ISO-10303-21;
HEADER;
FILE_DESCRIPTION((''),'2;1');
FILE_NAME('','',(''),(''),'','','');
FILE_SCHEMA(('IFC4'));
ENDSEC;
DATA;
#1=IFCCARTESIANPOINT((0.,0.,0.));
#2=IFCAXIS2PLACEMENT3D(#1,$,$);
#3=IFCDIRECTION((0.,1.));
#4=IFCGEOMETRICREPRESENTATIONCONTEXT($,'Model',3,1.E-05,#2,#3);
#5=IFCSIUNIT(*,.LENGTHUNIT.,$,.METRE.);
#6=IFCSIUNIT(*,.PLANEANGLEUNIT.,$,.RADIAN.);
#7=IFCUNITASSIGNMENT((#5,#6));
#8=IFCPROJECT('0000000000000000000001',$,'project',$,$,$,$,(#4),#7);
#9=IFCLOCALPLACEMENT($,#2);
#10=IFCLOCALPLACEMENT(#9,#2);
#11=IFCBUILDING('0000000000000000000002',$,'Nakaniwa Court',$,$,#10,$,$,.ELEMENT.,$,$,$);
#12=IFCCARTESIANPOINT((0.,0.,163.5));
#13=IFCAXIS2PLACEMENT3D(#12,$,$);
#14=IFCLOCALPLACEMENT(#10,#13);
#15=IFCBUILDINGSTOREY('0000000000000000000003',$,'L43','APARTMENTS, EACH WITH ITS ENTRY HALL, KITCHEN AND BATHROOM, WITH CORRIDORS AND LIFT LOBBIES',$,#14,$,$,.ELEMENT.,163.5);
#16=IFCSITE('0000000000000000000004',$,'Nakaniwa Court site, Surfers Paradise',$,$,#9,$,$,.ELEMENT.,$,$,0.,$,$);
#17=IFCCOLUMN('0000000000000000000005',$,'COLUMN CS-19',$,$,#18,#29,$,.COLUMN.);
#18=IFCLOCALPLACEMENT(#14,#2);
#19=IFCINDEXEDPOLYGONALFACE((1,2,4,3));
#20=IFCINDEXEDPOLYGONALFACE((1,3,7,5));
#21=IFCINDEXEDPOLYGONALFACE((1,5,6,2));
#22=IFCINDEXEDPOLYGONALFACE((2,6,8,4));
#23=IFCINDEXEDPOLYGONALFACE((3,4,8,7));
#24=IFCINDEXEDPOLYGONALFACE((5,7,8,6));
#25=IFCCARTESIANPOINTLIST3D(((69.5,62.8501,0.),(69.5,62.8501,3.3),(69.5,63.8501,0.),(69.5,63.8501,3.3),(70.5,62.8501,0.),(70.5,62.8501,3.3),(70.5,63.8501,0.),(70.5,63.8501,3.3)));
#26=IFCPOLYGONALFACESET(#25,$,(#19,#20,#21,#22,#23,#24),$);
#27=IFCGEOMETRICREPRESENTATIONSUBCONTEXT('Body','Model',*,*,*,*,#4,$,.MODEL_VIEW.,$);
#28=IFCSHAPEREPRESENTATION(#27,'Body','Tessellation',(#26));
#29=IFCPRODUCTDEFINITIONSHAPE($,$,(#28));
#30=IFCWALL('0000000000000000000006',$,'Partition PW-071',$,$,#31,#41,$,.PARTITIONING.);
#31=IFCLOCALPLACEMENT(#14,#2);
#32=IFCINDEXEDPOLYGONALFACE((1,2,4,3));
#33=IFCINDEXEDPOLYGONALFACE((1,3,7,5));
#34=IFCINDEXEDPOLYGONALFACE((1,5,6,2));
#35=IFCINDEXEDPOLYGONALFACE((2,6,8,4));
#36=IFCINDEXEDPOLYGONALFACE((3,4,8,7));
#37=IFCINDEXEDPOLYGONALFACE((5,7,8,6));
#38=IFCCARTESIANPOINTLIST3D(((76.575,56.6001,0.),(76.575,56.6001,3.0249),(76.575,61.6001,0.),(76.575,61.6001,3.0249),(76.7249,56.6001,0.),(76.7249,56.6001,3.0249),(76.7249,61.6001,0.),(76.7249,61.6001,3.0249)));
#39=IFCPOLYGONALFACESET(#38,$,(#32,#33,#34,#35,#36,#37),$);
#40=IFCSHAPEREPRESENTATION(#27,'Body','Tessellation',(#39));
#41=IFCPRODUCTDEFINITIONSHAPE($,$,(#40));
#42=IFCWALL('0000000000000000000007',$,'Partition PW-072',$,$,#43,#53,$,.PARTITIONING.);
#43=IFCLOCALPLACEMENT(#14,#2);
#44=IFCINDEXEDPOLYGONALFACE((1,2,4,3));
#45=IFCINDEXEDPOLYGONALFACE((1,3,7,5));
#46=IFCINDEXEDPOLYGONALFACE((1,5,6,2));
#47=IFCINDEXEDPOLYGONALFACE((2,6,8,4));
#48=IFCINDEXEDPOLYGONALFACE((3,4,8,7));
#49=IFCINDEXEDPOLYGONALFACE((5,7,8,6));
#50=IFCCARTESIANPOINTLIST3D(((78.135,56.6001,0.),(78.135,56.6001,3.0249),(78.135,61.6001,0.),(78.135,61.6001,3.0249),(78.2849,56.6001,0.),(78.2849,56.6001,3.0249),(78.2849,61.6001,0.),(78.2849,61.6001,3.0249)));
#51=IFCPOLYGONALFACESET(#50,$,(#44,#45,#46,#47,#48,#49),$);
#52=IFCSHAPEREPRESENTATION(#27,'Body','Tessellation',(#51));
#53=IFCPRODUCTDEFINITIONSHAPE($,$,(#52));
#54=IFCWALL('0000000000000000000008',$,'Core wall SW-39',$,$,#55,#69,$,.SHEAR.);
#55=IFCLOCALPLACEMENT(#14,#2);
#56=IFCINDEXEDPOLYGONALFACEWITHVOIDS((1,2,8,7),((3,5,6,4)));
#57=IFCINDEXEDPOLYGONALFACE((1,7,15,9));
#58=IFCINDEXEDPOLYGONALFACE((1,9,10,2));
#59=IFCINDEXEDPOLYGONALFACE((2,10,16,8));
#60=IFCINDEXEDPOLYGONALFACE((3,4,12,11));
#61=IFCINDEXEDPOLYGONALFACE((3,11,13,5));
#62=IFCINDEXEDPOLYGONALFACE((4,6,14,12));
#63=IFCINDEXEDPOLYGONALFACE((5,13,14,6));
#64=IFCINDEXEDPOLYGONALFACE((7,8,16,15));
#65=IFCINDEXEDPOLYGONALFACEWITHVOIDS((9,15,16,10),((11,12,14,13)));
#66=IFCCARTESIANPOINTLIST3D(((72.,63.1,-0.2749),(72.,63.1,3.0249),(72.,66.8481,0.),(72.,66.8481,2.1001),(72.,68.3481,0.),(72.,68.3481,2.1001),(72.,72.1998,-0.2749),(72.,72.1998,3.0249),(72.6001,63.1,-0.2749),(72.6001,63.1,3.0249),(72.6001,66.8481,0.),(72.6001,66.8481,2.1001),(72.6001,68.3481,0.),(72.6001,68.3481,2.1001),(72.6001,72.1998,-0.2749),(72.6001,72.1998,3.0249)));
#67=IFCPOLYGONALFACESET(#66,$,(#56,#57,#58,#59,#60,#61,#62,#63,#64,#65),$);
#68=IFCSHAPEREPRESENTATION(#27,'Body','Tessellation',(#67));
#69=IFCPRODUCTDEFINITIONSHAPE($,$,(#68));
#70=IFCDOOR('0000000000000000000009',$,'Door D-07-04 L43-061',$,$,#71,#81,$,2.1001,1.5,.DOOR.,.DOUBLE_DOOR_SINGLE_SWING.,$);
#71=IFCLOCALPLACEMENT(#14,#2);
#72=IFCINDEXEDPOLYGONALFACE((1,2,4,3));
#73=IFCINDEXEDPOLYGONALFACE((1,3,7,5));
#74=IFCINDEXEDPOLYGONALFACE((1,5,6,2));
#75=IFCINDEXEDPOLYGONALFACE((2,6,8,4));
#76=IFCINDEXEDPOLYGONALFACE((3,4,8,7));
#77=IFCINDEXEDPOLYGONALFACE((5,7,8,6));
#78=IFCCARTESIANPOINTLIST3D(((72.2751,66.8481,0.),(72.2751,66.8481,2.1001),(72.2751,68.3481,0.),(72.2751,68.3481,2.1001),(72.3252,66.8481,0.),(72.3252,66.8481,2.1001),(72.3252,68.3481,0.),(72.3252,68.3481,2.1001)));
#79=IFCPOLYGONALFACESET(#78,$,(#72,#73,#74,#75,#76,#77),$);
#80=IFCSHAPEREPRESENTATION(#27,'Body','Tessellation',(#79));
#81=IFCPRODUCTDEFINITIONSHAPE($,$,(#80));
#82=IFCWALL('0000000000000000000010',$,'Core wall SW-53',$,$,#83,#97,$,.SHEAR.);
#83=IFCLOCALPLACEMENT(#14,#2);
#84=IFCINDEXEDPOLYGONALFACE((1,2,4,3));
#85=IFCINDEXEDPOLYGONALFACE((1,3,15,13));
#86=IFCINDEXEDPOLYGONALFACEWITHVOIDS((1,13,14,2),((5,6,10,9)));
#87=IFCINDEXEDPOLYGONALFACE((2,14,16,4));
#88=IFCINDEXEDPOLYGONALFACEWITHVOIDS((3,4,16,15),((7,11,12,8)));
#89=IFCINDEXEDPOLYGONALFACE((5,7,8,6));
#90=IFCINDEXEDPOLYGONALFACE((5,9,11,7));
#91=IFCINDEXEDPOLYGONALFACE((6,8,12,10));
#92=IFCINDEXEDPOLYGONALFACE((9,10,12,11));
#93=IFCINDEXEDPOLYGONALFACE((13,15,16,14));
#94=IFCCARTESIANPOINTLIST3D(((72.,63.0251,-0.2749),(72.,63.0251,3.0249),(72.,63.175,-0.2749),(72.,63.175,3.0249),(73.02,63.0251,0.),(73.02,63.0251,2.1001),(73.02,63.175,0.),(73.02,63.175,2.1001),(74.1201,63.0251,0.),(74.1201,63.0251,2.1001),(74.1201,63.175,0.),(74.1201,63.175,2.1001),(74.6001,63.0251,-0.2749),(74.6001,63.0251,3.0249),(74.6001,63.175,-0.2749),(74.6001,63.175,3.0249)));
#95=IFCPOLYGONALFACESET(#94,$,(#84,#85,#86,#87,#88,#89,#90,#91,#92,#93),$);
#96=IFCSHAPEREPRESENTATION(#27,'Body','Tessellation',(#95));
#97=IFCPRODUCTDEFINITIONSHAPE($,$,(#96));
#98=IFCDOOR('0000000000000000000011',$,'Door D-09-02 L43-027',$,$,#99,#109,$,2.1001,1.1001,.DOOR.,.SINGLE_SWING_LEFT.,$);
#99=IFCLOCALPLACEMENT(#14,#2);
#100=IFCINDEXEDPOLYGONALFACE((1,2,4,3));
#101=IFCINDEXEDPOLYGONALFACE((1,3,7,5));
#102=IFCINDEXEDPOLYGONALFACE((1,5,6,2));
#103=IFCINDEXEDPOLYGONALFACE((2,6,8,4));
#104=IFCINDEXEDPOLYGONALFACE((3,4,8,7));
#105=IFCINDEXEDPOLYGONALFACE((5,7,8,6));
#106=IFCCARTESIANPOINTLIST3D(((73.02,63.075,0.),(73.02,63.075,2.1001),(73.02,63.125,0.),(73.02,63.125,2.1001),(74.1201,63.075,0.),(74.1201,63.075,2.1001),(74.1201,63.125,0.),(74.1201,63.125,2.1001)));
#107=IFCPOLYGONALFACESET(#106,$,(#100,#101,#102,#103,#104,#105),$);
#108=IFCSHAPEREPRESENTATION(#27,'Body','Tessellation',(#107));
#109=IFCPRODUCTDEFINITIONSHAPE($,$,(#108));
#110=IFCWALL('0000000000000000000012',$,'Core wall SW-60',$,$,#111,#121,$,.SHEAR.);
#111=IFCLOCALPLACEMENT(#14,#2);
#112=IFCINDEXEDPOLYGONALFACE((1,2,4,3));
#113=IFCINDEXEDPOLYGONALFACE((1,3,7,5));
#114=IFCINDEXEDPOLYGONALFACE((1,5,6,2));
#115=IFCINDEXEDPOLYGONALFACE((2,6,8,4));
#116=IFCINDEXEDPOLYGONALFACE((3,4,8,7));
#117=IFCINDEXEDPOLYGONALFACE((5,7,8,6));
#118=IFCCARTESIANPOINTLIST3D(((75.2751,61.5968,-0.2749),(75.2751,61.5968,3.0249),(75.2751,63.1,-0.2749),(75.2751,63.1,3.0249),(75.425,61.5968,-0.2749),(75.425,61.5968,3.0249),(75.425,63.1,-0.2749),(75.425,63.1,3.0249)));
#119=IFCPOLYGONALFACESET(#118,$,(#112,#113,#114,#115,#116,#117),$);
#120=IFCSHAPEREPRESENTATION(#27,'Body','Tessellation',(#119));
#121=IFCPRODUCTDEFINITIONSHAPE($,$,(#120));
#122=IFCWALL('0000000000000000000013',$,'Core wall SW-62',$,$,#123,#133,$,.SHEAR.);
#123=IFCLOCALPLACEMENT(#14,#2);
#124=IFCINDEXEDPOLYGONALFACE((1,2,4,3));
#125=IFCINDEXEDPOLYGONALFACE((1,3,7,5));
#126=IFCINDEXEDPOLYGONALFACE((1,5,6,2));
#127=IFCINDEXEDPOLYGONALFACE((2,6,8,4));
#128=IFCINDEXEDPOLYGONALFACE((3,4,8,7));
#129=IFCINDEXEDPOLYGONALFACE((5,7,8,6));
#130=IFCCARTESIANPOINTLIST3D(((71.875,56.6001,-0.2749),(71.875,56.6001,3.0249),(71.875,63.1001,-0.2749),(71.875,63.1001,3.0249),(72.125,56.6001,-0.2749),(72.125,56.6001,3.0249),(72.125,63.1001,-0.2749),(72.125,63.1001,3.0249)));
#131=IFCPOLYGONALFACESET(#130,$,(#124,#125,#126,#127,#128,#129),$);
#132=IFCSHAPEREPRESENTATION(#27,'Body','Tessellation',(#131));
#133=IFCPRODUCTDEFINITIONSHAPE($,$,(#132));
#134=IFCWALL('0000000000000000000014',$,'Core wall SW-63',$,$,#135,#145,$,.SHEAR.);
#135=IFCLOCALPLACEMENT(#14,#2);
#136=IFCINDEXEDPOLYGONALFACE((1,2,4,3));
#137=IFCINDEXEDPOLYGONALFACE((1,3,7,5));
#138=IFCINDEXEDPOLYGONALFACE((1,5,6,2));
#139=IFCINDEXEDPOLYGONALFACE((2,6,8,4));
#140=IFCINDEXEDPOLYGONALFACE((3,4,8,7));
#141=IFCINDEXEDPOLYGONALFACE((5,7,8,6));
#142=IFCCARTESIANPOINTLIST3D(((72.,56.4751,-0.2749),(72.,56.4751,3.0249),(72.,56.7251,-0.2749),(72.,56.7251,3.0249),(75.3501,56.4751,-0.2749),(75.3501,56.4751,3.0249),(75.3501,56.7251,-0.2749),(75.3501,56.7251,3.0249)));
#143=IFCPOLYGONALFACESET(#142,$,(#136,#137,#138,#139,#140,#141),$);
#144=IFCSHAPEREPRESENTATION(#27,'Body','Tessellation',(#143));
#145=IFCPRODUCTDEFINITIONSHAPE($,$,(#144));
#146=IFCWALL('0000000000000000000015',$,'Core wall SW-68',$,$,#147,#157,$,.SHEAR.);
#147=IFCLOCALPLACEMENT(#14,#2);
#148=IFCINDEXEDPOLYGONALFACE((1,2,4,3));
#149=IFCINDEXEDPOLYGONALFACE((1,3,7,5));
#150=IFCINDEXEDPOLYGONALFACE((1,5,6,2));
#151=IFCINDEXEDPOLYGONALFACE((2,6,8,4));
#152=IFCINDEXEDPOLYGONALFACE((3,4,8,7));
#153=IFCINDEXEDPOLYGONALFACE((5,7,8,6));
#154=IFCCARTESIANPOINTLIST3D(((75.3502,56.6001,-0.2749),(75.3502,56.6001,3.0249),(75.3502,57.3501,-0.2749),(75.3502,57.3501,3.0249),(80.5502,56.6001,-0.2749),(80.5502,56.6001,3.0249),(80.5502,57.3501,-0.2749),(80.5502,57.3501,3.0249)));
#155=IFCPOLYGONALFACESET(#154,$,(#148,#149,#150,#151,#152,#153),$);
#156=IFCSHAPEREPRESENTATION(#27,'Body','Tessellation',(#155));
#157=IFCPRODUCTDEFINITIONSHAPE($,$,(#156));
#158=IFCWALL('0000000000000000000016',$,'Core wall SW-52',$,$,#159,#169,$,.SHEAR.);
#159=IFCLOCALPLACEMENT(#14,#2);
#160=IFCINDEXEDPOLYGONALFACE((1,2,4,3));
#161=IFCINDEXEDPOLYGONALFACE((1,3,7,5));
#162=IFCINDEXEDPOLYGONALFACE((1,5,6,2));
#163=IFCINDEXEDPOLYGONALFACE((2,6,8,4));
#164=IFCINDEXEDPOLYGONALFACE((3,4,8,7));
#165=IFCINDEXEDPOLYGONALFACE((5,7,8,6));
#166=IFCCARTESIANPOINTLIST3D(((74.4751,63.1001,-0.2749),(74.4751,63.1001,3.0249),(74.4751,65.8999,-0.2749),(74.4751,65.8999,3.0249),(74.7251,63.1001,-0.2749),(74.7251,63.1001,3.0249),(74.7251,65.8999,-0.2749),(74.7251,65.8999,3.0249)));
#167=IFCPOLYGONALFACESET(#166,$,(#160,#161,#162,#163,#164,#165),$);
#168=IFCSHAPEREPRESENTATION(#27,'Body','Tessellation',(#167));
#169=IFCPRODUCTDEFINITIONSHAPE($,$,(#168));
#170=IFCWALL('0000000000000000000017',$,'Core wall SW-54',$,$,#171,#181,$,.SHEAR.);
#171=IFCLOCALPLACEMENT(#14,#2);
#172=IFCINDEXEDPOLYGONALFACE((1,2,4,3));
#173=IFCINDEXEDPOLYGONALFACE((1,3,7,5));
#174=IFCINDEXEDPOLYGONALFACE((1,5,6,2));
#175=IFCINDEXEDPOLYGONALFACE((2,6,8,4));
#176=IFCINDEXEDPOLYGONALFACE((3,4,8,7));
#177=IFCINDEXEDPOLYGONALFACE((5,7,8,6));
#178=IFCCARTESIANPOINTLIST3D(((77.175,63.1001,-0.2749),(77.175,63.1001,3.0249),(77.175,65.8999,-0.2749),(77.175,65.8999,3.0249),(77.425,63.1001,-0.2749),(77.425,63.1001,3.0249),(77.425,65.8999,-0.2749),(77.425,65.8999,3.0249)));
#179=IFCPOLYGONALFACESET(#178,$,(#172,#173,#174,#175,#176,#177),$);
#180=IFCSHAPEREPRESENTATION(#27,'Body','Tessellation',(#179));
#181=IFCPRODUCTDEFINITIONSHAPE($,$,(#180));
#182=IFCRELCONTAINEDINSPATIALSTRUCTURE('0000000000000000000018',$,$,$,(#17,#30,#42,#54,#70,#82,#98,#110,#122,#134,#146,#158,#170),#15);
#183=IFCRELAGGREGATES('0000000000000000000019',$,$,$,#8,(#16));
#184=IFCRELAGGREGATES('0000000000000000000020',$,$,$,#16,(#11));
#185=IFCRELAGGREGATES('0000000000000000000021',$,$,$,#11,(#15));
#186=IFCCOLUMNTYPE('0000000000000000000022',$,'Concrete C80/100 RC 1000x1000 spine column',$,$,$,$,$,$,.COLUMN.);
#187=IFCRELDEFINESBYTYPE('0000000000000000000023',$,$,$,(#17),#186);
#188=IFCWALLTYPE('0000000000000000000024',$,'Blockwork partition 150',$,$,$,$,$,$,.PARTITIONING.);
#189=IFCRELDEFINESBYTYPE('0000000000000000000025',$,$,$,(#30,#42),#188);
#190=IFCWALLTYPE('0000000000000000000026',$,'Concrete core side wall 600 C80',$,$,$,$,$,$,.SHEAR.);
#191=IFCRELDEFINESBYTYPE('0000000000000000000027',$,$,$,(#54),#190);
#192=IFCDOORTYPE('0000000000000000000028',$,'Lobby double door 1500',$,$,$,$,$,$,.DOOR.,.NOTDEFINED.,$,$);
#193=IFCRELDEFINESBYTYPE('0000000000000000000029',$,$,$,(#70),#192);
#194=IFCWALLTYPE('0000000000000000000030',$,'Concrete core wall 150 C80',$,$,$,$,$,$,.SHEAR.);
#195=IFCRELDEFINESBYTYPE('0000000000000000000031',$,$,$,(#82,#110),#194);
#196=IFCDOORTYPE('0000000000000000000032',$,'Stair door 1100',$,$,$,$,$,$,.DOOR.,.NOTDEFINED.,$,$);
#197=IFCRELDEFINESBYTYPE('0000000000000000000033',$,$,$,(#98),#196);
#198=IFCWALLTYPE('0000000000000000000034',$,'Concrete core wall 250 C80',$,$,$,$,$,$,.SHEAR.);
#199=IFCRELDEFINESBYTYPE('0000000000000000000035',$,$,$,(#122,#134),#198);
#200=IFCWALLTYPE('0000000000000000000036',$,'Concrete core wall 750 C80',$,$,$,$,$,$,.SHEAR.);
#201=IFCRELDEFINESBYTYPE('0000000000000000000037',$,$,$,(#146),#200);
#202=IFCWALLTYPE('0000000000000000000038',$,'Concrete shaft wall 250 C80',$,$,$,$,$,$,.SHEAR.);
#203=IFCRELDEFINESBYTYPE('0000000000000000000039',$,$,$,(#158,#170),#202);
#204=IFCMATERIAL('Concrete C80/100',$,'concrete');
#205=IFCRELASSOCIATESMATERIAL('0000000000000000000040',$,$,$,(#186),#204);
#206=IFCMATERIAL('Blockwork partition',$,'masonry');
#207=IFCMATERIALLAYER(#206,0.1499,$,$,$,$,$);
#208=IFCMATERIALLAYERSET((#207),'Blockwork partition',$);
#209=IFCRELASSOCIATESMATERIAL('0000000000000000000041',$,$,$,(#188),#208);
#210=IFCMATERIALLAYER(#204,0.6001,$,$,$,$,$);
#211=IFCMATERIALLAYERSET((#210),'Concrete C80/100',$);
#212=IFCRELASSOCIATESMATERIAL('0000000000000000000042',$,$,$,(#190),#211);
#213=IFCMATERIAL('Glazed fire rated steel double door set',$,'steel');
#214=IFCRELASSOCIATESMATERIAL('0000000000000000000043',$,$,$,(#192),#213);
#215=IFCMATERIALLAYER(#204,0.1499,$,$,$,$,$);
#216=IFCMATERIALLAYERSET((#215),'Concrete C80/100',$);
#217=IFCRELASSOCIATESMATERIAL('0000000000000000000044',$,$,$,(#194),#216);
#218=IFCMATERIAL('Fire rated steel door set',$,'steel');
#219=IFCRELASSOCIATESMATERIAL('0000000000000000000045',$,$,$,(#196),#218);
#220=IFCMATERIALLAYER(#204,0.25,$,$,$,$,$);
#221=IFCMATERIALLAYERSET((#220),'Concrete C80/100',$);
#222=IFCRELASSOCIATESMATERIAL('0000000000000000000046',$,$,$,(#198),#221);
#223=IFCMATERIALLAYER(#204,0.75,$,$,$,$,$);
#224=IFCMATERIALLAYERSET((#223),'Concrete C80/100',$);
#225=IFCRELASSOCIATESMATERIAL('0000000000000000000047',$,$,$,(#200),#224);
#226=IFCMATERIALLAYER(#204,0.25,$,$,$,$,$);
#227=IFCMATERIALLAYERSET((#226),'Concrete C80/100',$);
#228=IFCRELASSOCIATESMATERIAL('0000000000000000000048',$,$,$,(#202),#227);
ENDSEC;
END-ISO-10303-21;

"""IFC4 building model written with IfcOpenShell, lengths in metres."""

from ifc_helpers import new_model, si_unit, direction, frame, frame_2d, origin, origin_2d, place, context, subcontext, project, spatial, rectangle, extrude, material, layer, layer_set, material_profile, profile_set, type_object, element, fill, save


model = new_model("IFC4")

# Units and contexts
model_context = context("Model", 3, precision=1e-05, world=origin(), true_north=direction((0.0, 1.0)))
body_context = subcontext(model_context, "Body", "Model", "MODEL_VIEW")
ifc_project = project(units=[si_unit("LENGTHUNIT", "METRE"), si_unit("PLANEANGLEUNIT", "RADIAN")], contexts=[model_context])

# Site, building, storey
site_placement = place(None, origin())
site = spatial("IfcSite", under=ifc_project, at=site_placement, Name="Nakaniwa Court site, Surfers Paradise", CompositionType="ELEMENT", RefElevation=0.0)
building_placement = place(site_placement, origin())
building = spatial("IfcBuilding", under=site, at=building_placement, Name="Nakaniwa Court", CompositionType="ELEMENT")
storey_placement = place(building_placement, frame((0.0, 0.0, 163.5)))
storey = spatial("IfcBuildingStorey", under=building, at=storey_placement, Name="L43", Description="APARTMENTS, EACH WITH ITS ENTRY HALL, KITCHEN AND BATHROOM, WITH CORRIDORS AND LIFT LOBBIES", CompositionType="ELEMENT", Elevation=163.5)

# Column
ifc_material_1 = material(Name="Concrete C80/100", Category="concrete")
ifc_material_profile = material_profile(ifc_material_1, rectangle(XDim=1.0, YDim=1.0, at=origin_2d()), Name="Concrete C80/100 RC 1000x1000 spine column")
ifc_profile_set = profile_set([ifc_material_profile], Name="Concrete C80/100")
column_type = type_object("IfcColumnType", Name="Concrete C80/100 RC 1000x1000 spine column", PredefinedType="COLUMN", material=ifc_profile_set)
column_placement = place(storey_placement, frame((70.0, 63.3501, 0.0), z_axis=(0.0, 0.0, 1.0), x_axis=(0.0, -1.0, 0.0)))
element("IfcColumn", 1, at=column_placement, inside=storey, type_object=column_type, Name="COLUMN CS-19", PredefinedType="COLUMN", context=body_context, shape_type="SweptSolid", body=[
    extrude(rectangle(XDim=1.0, YDim=1.0, at=origin_2d()), origin(), (0.0, 0.0, 1.0), 3.3),
])

# Walls
ifc_material_2 = material(Name="Blockwork partition", Category="masonry")
ifc_layer_1 = layer(ifc_material_2, 0.1499)
ifc_layer_set_1 = layer_set([ifc_layer_1], Name="Blockwork partition")
wall_type_1 = type_object("IfcWallType", Name="Blockwork partition 150", PredefinedType="PARTITIONING", material=ifc_layer_set_1)
for number, where, z_axis, x_axis, name in (
    (2, (76.6499, 56.6001, 0.0), (0.0, 0.0, 1.0), (0.0, 1.0, 0.0), "Partition PW-071"),
    (3, (78.21, 56.6001, 0.0), (0.0, 0.0, 1.0), (0.0, 1.0, 0.0), "Partition PW-072"),
):
    element("IfcWall", number, at=place(storey_placement, frame(where, z_axis=z_axis, x_axis=x_axis)), inside=storey, type_object=wall_type_1, Name=name, PredefinedType="PARTITIONING", context=body_context, shape_type="SweptSolid", body=[
        extrude(rectangle(XDim=5.0, YDim=0.1499, at=frame_2d((2.5, 0.0))), origin(), (0.0, 0.0, 1.0), 3.0249),
    ])

# Walls, openings, doors
ifc_layer_2 = layer(ifc_material_1, 0.6001)
ifc_layer_set_2 = layer_set([ifc_layer_2], Name="Concrete C80/100")
wall_type_2 = type_object("IfcWallType", Name="Concrete core side wall 600 C80", PredefinedType="SHEAR", material=ifc_layer_set_2)
wall_1_placement = place(storey_placement, frame((72.3, 63.1001, -0.2749), z_axis=(0.0, 0.0, 1.0), x_axis=(0.0, 1.0, 0.0)))
wall_1 = element("IfcWall", 4, at=wall_1_placement, inside=storey, type_object=wall_type_2, Name="Core wall SW-39", PredefinedType="SHEAR", context=body_context, shape_type="SweptSolid", body=[
    extrude(rectangle(XDim=9.0999, YDim=0.6001, at=frame_2d((4.5498, 0.0))), origin(), (0.0, 0.0, 1.0), 3.2998),
])
opening_1_placement = place(wall_1_placement, frame((3.748, 0.0, 0.2749)))
opening_1 = element("IfcOpeningElement", 5, at=opening_1_placement, cuts=wall_1, PredefinedType="OPENING", context=body_context, shape_type="SweptSolid", body=[
    extrude(rectangle(XDim=1.5, YDim=2.1001, at=frame_2d((0.75, 1.05))), frame((0.0, 0.3101, 0.0), z_axis=(0.0, -1.0, 0.0), x_axis=(1.0, 0.0, 0.0)), (0.0, 0.0, 1.0), 0.6201),
])
ifc_material_3 = material(Name="Glazed fire rated steel double door set", Category="steel")
door_type_1 = type_object("IfcDoorType", Name="Lobby double door 1500", OperationType="NOTDEFINED", PredefinedType="DOOR", material=ifc_material_3)
door_1_placement = place(opening_1_placement, origin())
door_1 = element("IfcDoor", 6, at=door_1_placement, inside=storey, type_object=door_type_1, Name="Door D-07-04 L43-061", OperationType="DOUBLE_DOOR_SINGLE_SWING", OverallHeight=2.1001, OverallWidth=1.5, PredefinedType="DOOR", context=body_context, shape_type="SweptSolid", body=[
    extrude(rectangle(XDim=1.5, YDim=2.1001, at=frame_2d((0.75, 1.05))), frame((0.0, 0.0249, 0.0), z_axis=(0.0, -1.0, 0.0), x_axis=(1.0, 0.0, 0.0)), (0.0, 0.0, 1.0), 0.05),
])
fill(opening_1, door_1)
ifc_layer_3 = layer(ifc_material_1, 0.1499)
ifc_layer_set_3 = layer_set([ifc_layer_3], Name="Concrete C80/100")
wall_type_3 = type_object("IfcWallType", Name="Concrete core wall 150 C80", PredefinedType="SHEAR", material=ifc_layer_set_3)
wall_2_placement = place(storey_placement, frame((72.0, 63.1001, -0.2749), z_axis=(0.0, 0.0, 1.0), x_axis=(1.0, 0.0, 0.0)))
wall_2 = element("IfcWall", 7, at=wall_2_placement, inside=storey, type_object=wall_type_3, Name="Core wall SW-53", PredefinedType="SHEAR", context=body_context, shape_type="SweptSolid", body=[
    extrude(rectangle(XDim=2.6001, YDim=0.1499, at=frame_2d((1.3, 0.0))), origin(), (0.0, 0.0, 1.0), 3.2998),
])
opening_2_placement = place(wall_2_placement, frame((1.02, 0.0, 0.2749)))
opening_2 = element("IfcOpeningElement", 8, at=opening_2_placement, cuts=wall_2, PredefinedType="OPENING", context=body_context, shape_type="SweptSolid", body=[
    extrude(rectangle(XDim=1.1001, YDim=2.1001, at=frame_2d((0.55, 1.05))), frame((0.0, 0.085, 0.0), z_axis=(0.0, -1.0, 0.0), x_axis=(1.0, 0.0, 0.0)), (0.0, 0.0, 1.0), 0.1699),
])
ifc_material_4 = material(Name="Fire rated steel door set", Category="steel")
door_type_2 = type_object("IfcDoorType", Name="Stair door 1100", OperationType="NOTDEFINED", PredefinedType="DOOR", material=ifc_material_4)
door_2_placement = place(opening_2_placement, origin())
door_2 = element("IfcDoor", 9, at=door_2_placement, inside=storey, type_object=door_type_2, Name="Door D-09-02 L43-027", OperationType="SINGLE_SWING_LEFT", OverallHeight=2.1001, OverallWidth=1.1001, PredefinedType="DOOR", context=body_context, shape_type="SweptSolid", body=[
    extrude(rectangle(XDim=1.1001, YDim=2.1001, at=frame_2d((0.55, 1.05))), frame((0.0, 0.0249, 0.0), z_axis=(0.0, -1.0, 0.0), x_axis=(1.0, 0.0, 0.0)), (0.0, 0.0, 1.0), 0.05),
])
fill(opening_2, door_2)

# Walls
wall_3_placement = place(storey_placement, frame((75.3501, 61.5969, -0.2749), z_axis=(0.0, 0.0, 1.0), x_axis=(0.0, 1.0, 0.0)))
element("IfcWall", 10, at=wall_3_placement, inside=storey, type_object=wall_type_3, Name="Core wall SW-60", PredefinedType="SHEAR", context=body_context, shape_type="SweptSolid", body=[
    extrude(rectangle(XDim=1.5032, YDim=0.1499, at=frame_2d((0.7515, 0.0))), origin(), (0.0, 0.0, 1.0), 3.2998),
])
ifc_layer_4 = layer(ifc_material_1, 0.25)
ifc_layer_set_4 = layer_set([ifc_layer_4], Name="Concrete C80/100")
wall_type_4 = type_object("IfcWallType", Name="Concrete core wall 250 C80", PredefinedType="SHEAR", material=ifc_layer_set_4)
wall_4_placement = place(storey_placement, frame((72.0, 56.6001, -0.2749), z_axis=(0.0, 0.0, 1.0), x_axis=(0.0, 1.0, 0.0)))
element("IfcWall", 11, at=wall_4_placement, inside=storey, type_object=wall_type_4, Name="Core wall SW-62", PredefinedType="SHEAR", context=body_context, shape_type="SweptSolid", body=[
    extrude(rectangle(XDim=6.5, YDim=0.25, at=frame_2d((3.25, 0.0))), origin(), (0.0, 0.0, 1.0), 3.2998),
])
wall_5_placement = place(storey_placement, frame((72.0, 56.6001, -0.2749), z_axis=(0.0, 0.0, 1.0), x_axis=(1.0, 0.0, 0.0)))
element("IfcWall", 12, at=wall_5_placement, inside=storey, type_object=wall_type_4, Name="Core wall SW-63", PredefinedType="SHEAR", context=body_context, shape_type="SweptSolid", body=[
    extrude(rectangle(XDim=3.3501, YDim=0.25, at=frame_2d((1.675, 0.0))), origin(), (0.0, 0.0, 1.0), 3.2998),
])
ifc_layer_5 = layer(ifc_material_1, 0.75)
ifc_layer_set_5 = layer_set([ifc_layer_5], Name="Concrete C80/100")
wall_type_5 = type_object("IfcWallType", Name="Concrete core wall 750 C80", PredefinedType="SHEAR", material=ifc_layer_set_5)
wall_6_placement = place(storey_placement, frame((75.3501, 56.9751, -0.2749), z_axis=(0.0, 0.0, 1.0), x_axis=(1.0, 0.0, 0.0)))
element("IfcWall", 13, at=wall_6_placement, inside=storey, type_object=wall_type_5, Name="Core wall SW-68", PredefinedType="SHEAR", context=body_context, shape_type="SweptSolid", body=[
    extrude(rectangle(XDim=5.2, YDim=0.75, at=frame_2d((2.6001, 0.0))), origin(), (0.0, 0.0, 1.0), 3.2998),
])
ifc_layer_6 = layer(ifc_material_1, 0.25)
ifc_layer_set_6 = layer_set([ifc_layer_6], Name="Concrete C80/100")
wall_type_6 = type_object("IfcWallType", Name="Concrete shaft wall 250 C80", PredefinedType="SHEAR", material=ifc_layer_set_6)
for number, where, z_axis, x_axis, name in (
    (14, (74.6001, 63.1001, -0.2749), (0.0, 0.0, 1.0), (0.0, 1.0, 0.0), "Core wall SW-52"),
    (15, (77.3, 63.1001, -0.2749), (0.0, 0.0, 1.0), (0.0, 1.0, 0.0), "Core wall SW-54"),
):
    element("IfcWall", number, at=place(storey_placement, frame(where, z_axis=z_axis, x_axis=x_axis)), inside=storey, type_object=wall_type_6, Name=name, PredefinedType="SHEAR", context=body_context, shape_type="SweptSolid", body=[
        extrude(rectangle(XDim=2.7998, YDim=0.25, at=frame_2d((1.3999, 0.0))), origin(), (0.0, 0.0, 1.0), 3.2998),
    ])

save(model, "model.ifc")
